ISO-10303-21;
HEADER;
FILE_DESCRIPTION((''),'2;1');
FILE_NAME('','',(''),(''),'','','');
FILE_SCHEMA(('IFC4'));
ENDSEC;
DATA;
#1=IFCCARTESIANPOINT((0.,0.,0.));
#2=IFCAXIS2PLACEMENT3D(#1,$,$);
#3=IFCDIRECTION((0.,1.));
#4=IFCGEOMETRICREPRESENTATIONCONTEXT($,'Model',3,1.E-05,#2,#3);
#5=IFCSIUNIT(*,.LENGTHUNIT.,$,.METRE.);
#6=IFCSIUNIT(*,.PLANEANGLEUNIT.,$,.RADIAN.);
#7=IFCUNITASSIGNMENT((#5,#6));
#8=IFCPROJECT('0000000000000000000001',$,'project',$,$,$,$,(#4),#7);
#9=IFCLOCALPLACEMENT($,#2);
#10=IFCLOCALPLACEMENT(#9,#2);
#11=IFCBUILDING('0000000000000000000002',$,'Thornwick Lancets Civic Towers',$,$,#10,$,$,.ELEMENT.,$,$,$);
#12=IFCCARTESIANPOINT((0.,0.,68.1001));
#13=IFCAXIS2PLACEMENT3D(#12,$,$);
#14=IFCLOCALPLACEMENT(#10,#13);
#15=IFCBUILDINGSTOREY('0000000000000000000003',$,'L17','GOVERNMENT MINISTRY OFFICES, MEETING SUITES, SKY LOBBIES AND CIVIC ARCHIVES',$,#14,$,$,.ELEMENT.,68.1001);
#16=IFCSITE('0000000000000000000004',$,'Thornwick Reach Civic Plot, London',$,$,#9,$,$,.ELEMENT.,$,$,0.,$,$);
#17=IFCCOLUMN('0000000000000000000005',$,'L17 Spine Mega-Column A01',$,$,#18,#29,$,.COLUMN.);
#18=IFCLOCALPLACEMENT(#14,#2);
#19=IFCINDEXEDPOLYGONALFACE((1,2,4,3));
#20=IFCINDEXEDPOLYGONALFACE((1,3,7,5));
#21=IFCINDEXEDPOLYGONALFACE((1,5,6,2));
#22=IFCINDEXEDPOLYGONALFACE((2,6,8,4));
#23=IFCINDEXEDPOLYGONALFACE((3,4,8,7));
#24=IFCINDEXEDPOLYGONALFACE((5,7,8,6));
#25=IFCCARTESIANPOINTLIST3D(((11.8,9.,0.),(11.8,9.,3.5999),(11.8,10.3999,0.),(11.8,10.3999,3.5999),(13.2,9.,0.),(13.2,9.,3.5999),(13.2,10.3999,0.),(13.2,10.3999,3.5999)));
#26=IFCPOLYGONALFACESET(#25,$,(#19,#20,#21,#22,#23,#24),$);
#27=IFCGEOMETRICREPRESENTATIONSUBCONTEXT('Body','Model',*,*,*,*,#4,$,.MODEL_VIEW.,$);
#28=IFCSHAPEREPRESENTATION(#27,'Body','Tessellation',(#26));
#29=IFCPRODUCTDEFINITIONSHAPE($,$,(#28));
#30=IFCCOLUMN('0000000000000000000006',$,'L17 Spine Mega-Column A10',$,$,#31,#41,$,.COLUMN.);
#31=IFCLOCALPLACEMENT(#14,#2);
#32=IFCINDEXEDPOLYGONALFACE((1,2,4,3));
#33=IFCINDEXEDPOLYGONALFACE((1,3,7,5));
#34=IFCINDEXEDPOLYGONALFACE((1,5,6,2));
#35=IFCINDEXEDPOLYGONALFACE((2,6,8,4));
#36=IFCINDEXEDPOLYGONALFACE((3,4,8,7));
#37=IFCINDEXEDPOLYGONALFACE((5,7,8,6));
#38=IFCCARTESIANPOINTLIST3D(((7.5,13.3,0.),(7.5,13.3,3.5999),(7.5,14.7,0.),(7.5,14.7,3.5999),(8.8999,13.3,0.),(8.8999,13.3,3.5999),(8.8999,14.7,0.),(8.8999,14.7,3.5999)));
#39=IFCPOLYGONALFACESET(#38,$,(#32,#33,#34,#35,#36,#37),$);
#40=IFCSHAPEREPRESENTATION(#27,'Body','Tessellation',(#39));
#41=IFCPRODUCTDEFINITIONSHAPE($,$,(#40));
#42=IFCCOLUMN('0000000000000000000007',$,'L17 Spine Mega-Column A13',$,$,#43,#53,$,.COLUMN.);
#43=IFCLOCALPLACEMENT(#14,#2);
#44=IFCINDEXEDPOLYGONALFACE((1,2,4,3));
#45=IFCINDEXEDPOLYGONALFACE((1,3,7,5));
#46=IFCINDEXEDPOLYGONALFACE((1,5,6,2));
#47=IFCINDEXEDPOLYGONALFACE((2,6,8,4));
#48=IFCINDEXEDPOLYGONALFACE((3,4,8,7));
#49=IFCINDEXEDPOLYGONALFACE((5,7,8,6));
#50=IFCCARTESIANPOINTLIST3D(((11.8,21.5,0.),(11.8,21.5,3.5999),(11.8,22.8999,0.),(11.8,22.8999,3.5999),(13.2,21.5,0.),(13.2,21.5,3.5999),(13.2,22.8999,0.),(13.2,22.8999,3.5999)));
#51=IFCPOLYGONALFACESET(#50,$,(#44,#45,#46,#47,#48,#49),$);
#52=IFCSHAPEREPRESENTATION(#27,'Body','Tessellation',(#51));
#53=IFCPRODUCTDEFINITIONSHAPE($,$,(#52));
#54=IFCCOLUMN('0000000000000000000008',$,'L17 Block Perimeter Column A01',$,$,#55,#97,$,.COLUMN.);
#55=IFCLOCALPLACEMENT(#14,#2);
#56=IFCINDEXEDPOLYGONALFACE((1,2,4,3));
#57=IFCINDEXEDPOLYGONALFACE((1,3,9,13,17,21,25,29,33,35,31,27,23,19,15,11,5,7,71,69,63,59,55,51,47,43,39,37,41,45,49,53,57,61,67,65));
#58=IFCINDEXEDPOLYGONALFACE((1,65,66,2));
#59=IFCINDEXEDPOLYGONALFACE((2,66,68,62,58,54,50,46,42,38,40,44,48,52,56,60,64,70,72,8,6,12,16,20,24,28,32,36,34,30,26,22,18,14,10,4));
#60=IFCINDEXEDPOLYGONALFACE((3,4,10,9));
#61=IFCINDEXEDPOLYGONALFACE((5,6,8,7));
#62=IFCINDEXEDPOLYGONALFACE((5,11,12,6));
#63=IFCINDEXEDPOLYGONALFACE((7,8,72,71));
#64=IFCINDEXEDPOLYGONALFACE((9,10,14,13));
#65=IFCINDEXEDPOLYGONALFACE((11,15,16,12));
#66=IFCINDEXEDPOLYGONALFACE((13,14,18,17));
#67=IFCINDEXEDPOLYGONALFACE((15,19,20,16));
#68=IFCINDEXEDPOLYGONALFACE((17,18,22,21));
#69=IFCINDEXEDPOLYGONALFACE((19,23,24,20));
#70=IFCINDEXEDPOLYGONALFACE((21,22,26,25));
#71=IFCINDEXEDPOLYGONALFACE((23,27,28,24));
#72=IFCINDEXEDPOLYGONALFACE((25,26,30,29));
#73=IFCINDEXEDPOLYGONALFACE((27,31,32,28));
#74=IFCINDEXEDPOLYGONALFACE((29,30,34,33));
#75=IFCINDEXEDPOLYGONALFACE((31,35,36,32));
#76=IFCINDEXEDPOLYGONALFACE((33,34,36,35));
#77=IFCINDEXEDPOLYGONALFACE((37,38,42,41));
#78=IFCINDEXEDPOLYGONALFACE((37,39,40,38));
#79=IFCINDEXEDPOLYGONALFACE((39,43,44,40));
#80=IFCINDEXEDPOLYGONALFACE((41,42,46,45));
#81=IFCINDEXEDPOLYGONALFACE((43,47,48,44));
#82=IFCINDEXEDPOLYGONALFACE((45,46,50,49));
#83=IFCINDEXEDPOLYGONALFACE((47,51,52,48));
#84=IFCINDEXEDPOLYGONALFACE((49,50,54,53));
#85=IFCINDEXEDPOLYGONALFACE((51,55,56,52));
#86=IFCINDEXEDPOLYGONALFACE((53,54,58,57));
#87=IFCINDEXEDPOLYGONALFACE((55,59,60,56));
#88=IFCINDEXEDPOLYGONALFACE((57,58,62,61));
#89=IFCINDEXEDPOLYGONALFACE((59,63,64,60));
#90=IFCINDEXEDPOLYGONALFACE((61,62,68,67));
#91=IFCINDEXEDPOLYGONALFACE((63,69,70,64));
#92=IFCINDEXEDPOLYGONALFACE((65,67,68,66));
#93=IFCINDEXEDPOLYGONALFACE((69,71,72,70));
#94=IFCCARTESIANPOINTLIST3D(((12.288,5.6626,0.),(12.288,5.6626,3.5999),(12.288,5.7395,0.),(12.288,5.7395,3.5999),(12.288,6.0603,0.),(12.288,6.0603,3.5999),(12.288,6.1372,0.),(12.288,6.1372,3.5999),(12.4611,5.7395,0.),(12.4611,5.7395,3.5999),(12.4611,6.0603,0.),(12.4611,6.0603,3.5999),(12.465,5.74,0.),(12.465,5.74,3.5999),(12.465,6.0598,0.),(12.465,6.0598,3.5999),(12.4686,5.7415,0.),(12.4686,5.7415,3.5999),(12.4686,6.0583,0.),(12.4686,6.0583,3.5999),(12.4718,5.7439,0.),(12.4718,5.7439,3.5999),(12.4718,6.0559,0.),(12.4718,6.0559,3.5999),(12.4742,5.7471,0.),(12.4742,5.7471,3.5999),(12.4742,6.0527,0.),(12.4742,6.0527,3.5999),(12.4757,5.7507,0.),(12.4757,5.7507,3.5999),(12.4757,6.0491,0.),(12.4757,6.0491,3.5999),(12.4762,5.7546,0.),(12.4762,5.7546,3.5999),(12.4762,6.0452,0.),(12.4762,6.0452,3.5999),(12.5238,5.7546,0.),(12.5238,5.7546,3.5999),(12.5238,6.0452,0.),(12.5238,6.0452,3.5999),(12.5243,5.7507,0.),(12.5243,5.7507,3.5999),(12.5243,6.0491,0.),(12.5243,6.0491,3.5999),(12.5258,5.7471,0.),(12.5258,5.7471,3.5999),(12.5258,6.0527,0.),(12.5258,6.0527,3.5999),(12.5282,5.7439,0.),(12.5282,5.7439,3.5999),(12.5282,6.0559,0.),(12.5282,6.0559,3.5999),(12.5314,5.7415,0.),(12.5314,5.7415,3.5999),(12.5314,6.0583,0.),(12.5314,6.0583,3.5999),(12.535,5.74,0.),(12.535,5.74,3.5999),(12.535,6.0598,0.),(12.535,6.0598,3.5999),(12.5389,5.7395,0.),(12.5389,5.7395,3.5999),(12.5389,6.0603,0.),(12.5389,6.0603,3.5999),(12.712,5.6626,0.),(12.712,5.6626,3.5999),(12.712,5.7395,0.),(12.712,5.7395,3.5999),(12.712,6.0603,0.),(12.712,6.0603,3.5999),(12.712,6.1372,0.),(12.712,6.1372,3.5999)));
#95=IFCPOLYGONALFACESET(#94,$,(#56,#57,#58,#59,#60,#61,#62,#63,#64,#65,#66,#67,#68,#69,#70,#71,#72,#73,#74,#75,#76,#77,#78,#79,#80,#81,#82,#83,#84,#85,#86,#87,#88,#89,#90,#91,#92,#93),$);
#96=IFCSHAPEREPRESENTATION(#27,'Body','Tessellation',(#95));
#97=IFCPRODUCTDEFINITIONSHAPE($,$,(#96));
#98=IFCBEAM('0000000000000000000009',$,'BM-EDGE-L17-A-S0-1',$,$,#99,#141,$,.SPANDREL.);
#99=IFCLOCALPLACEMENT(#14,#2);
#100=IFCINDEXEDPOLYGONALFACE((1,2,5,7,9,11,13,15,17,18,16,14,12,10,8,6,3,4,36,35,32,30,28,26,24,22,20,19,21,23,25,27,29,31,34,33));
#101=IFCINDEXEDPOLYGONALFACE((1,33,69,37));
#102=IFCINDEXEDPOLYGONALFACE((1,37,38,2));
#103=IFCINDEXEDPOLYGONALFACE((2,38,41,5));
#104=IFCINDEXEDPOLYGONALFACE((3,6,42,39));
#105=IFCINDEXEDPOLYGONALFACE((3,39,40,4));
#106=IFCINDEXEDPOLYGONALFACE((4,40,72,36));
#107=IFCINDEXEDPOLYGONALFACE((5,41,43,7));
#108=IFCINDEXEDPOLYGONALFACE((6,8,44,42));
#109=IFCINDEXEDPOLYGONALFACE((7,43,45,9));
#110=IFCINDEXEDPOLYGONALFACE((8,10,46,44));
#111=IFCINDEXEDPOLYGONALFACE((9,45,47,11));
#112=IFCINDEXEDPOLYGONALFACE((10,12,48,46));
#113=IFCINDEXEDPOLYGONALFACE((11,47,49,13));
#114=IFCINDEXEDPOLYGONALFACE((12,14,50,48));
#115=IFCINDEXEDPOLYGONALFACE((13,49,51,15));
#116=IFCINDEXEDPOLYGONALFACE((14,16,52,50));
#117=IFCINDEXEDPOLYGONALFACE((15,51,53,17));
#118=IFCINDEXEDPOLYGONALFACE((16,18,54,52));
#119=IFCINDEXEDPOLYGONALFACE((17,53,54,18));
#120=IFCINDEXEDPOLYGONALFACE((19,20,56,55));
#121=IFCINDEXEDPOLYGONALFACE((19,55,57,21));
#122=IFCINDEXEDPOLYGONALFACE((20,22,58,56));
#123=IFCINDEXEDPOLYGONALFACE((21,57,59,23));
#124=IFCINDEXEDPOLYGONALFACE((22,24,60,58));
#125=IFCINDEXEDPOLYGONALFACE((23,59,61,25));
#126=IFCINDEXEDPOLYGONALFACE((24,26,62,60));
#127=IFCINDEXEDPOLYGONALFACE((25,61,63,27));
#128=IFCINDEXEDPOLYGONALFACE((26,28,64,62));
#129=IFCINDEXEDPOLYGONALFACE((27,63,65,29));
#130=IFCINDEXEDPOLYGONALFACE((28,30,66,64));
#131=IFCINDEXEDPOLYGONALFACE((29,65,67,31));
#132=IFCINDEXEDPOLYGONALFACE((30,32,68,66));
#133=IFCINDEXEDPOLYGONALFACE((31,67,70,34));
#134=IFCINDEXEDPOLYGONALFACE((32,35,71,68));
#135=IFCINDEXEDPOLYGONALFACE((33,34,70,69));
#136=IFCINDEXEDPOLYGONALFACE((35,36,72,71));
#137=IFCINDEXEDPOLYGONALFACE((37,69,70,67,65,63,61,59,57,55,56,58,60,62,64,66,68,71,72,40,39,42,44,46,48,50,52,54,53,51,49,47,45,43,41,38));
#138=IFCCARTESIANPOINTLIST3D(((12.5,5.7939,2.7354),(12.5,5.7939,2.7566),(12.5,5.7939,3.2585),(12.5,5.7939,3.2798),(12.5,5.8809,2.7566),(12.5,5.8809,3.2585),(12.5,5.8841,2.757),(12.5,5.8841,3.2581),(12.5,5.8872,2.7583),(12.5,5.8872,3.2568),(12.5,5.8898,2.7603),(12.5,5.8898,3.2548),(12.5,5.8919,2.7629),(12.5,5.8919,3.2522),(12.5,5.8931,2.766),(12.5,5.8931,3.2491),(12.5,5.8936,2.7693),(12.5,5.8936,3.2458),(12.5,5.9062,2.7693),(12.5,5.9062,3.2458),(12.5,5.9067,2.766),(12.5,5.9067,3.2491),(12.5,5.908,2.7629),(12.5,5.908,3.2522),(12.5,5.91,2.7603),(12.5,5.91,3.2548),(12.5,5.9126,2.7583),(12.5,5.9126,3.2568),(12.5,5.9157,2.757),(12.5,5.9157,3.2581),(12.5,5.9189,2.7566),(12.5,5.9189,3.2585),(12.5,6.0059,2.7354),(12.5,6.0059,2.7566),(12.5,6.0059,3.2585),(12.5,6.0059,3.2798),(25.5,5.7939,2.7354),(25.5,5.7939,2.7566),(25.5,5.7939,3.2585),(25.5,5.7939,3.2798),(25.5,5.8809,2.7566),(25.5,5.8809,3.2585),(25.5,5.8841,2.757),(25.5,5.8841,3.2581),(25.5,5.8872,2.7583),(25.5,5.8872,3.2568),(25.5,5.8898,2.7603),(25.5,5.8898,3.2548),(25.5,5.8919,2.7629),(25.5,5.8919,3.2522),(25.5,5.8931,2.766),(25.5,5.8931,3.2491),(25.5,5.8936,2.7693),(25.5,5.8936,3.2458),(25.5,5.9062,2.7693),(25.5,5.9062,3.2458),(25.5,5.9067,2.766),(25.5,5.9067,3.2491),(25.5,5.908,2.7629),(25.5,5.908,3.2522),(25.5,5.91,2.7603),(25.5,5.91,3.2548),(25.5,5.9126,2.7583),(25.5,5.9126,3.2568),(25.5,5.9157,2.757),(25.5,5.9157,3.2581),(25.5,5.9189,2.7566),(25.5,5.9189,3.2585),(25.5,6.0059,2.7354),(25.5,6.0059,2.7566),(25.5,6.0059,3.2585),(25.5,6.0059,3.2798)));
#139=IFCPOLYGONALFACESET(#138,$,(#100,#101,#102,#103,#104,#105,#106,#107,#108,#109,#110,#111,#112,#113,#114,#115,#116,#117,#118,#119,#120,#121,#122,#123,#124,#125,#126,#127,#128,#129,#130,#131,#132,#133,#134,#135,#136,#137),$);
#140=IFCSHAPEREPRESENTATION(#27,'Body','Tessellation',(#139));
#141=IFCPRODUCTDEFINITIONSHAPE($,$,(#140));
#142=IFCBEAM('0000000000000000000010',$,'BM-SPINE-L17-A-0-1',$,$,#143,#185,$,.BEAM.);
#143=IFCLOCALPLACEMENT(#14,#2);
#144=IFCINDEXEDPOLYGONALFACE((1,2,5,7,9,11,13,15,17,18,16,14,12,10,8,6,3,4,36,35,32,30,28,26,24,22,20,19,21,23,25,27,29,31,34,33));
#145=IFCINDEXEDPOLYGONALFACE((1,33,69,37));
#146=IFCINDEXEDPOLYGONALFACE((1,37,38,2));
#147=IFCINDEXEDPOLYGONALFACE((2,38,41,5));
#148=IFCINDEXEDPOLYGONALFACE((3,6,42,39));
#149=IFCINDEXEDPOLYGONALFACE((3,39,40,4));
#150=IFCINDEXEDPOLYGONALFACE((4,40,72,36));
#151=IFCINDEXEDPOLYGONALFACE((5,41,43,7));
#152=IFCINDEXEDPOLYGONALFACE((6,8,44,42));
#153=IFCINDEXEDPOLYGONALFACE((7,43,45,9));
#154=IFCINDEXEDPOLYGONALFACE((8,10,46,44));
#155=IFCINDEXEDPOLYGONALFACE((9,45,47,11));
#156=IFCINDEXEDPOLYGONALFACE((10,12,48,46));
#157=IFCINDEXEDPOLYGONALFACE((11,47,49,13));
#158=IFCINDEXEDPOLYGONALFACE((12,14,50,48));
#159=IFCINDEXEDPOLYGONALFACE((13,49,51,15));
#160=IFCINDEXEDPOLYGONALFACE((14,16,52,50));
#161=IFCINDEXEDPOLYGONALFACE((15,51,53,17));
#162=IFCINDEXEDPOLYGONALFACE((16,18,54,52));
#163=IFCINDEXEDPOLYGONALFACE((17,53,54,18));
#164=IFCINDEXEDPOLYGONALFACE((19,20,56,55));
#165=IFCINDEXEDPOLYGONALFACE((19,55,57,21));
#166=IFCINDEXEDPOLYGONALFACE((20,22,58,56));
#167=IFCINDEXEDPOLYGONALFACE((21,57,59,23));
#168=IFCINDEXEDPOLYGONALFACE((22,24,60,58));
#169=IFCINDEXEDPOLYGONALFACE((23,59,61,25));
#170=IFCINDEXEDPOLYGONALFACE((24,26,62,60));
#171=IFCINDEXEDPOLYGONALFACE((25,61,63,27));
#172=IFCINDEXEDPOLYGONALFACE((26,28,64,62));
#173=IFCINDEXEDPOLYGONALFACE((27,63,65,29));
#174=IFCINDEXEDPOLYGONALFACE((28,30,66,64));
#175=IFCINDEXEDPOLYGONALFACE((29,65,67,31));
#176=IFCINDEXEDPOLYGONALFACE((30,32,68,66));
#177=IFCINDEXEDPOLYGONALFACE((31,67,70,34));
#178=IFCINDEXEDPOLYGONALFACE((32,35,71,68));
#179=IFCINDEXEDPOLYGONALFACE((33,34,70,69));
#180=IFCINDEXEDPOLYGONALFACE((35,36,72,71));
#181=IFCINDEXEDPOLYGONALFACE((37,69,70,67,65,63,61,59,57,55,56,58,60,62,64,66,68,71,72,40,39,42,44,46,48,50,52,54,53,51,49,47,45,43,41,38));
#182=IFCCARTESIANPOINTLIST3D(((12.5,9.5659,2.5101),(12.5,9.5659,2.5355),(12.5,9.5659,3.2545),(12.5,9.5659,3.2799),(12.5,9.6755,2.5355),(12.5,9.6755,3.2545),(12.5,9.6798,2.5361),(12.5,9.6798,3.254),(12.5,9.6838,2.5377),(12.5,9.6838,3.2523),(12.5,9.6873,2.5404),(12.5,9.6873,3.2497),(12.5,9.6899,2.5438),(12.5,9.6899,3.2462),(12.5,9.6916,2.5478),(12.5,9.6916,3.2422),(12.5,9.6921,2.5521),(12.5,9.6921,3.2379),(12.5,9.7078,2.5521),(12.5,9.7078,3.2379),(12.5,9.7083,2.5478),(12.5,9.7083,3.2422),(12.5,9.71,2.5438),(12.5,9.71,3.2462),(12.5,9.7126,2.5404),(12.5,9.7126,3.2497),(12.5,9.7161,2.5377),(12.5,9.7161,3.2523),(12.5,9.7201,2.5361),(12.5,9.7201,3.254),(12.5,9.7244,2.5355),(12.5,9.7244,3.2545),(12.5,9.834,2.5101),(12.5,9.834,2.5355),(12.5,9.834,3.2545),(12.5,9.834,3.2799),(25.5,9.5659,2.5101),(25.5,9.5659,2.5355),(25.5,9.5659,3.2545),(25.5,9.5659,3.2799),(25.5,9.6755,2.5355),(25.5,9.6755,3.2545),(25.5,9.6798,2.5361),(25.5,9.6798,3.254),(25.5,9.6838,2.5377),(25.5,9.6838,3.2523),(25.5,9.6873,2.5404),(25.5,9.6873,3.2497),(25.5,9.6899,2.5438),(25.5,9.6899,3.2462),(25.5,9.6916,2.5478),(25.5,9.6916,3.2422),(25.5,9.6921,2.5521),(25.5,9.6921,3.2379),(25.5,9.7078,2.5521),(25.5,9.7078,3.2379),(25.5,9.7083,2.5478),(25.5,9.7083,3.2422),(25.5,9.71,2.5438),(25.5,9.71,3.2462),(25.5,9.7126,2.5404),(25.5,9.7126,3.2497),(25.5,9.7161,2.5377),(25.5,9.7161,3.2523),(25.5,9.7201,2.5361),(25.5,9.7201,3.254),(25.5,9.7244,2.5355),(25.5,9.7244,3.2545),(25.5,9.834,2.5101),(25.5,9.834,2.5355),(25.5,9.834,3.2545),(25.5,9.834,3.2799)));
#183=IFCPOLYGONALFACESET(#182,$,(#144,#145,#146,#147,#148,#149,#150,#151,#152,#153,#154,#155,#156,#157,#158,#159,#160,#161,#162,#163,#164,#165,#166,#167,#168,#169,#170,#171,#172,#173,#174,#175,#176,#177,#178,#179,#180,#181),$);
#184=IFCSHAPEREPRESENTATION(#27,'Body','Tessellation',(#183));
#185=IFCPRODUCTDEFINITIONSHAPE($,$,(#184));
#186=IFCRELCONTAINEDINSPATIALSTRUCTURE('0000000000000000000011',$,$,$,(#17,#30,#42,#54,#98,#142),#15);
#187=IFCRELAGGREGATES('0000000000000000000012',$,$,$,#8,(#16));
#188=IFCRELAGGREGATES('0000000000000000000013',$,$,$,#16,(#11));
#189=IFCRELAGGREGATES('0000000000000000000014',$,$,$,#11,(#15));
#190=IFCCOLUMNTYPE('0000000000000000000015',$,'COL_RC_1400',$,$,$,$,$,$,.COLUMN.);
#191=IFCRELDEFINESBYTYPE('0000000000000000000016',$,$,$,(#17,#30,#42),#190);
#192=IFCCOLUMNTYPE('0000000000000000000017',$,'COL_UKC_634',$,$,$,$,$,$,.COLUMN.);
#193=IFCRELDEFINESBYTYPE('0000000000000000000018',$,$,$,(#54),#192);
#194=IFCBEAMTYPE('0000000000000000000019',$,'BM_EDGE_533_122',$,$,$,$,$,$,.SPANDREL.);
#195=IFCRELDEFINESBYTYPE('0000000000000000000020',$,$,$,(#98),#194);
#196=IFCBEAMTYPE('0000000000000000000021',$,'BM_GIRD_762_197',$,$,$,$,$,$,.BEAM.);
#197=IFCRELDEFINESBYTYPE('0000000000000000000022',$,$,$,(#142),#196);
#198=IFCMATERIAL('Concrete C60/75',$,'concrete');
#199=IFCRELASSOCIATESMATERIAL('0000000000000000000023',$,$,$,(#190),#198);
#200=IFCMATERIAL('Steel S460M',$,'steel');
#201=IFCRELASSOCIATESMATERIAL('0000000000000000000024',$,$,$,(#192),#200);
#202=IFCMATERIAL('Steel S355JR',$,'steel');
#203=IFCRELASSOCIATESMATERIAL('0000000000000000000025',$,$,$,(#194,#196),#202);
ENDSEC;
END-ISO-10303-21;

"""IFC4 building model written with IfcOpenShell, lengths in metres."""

from ifc_helpers import new_model, si_unit, direction, frame, origin, origin_2d, place, context, subcontext, project, spatial, rectangle, i_section, extrude, material, material_profile, profile_set, type_object, element, save


model = new_model("IFC4")

# Units and contexts
model_context = context("Model", 3, precision=1e-05, world=origin(), true_north=direction((0.0, 1.0)))
body_context = subcontext(model_context, "Body", "Model", "MODEL_VIEW")
ifc_project = project(units=[si_unit("LENGTHUNIT", "METRE"), si_unit("PLANEANGLEUNIT", "RADIAN")], contexts=[model_context])

# Site, building, storey
site_placement = place(None, origin())
site = spatial("IfcSite", under=ifc_project, at=site_placement, Name="Thornwick Reach Civic Plot, London", CompositionType="ELEMENT", RefElevation=0.0)
building_placement = place(site_placement, origin())
building = spatial("IfcBuilding", under=site, at=building_placement, Name="Thornwick Lancets Civic Towers", CompositionType="ELEMENT")
storey_placement = place(building_placement, frame((0.0, 0.0, 68.1001)))
storey = spatial("IfcBuildingStorey", under=building, at=storey_placement, Name="L17", Description="GOVERNMENT MINISTRY OFFICES, MEETING SUITES, SKY LOBBIES AND CIVIC ARCHIVES", CompositionType="ELEMENT", Elevation=68.1001)

# Columns
ifc_material_1 = material(Name="Concrete C60/75", Category="concrete")
ifc_material_profile_1 = material_profile(ifc_material_1, rectangle(XDim=1.3999, YDim=1.3999, at=origin_2d()), Name="RC 1400x1400")
ifc_profile_set_1 = profile_set([ifc_material_profile_1], Name="Concrete C60/75")
column_type_1 = type_object("IfcColumnType", Name="COL_RC_1400", PredefinedType="COLUMN", material=ifc_profile_set_1)
for number, where, z_axis, x_axis, name in (
    (1, (12.5, 9.7, 0.0), (0.0, 0.0, 1.0), (1.0, 0.0, 0.0), "L17 Spine Mega-Column A01"),
    (2, (8.2, 14.0, 0.0), (0.0, 0.0, 1.0), (1.0, 0.0, 0.0), "L17 Spine Mega-Column A10"),
    (3, (12.5, 22.2, 0.0), (0.0, 0.0, 1.0), (1.0, 0.0, 0.0), "L17 Spine Mega-Column A13"),
):
    element("IfcColumn", number, at=place(storey_placement, frame(where, z_axis=z_axis, x_axis=x_axis)), inside=storey, type_object=column_type_1, Name=name, PredefinedType="COLUMN", context=body_context, shape_type="SweptSolid", body=[
        extrude(rectangle(XDim=1.3999, YDim=1.3999, at=origin_2d()), origin(), (0.0, 0.0, 1.0), 3.5999),
    ])
ifc_material_2 = material(Name="Steel S460M", Category="steel")
ifc_material_profile_2 = material_profile(ifc_material_2, i_section(OverallWidth=0.4241, OverallDepth=0.4746, WebThickness=0.0476, FlangeThickness=0.0769, FilletRadius=0.0151, at=origin_2d()), Name="UKC 356x406x634")
ifc_profile_set_2 = profile_set([ifc_material_profile_2], Name="Steel S460M")
column_type_2 = type_object("IfcColumnType", Name="COL_UKC_634", PredefinedType="COLUMN", material=ifc_profile_set_2)
column_placement = place(storey_placement, frame((12.5, 5.8999, 0.0), z_axis=(0.0, 0.0, 1.0), x_axis=(1.0, 0.0, 0.0)))
element("IfcColumn", 4, at=column_placement, inside=storey, type_object=column_type_2, Name="L17 Block Perimeter Column A01", PredefinedType="COLUMN", context=body_context, shape_type="SweptSolid", body=[
    extrude(i_section(OverallWidth=0.4241, OverallDepth=0.4746, WebThickness=0.0476, FlangeThickness=0.0769, FilletRadius=0.0151, at=origin_2d()), origin(), (0.0, 0.0, 1.0), 3.5999),
])

# Beams
ifc_material_3 = material(Name="Steel S355JR", Category="steel")
ifc_material_profile_3 = material_profile(ifc_material_3, i_section(OverallWidth=0.2119, OverallDepth=0.5444, WebThickness=0.0127, FlangeThickness=0.0212, FilletRadius=0.0127, at=origin_2d()), Name="UKB 533x210x122")
ifc_profile_set_3 = profile_set([ifc_material_profile_3], Name="Steel S355JR")
beam_type_1 = type_object("IfcBeamType", Name="BM_EDGE_533_122", PredefinedType="SPANDREL", material=ifc_profile_set_3)
beam_1_placement = place(storey_placement, frame((12.5, 5.8999, 3.0076), z_axis=(1.0, 0.0, 0.0), x_axis=(0.0, 1.0, 0.0)))
element("IfcBeam", 5, at=beam_1_placement, inside=storey, type_object=beam_type_1, Name="BM-EDGE-L17-A-S0-1", PredefinedType="SPANDREL", context=body_context, shape_type="SweptSolid", body=[
    extrude(i_section(OverallWidth=0.2119, OverallDepth=0.5444, WebThickness=0.0127, FlangeThickness=0.0212, FilletRadius=0.0127, at=origin_2d()), origin(), (0.0, 0.0, 1.0), 13.0),
])
ifc_material_profile_4 = material_profile(ifc_material_3, i_section(OverallWidth=0.2681, OverallDepth=0.7698, WebThickness=0.0156, FlangeThickness=0.0254, FilletRadius=0.0166, at=origin_2d()), Name="UKB 762x267x197")
ifc_profile_set_4 = profile_set([ifc_material_profile_4], Name="Steel S355JR")
beam_type_2 = type_object("IfcBeamType", Name="BM_GIRD_762_197", PredefinedType="BEAM", material=ifc_profile_set_4)
for number, where, z_axis, x_axis, name in (
    (6, (12.5, 9.7, 2.895), (1.0, 0.0, 0.0), (0.0, 1.0, 0.0), "BM-SPINE-L17-A-0-1"),
):
    element("IfcBeam", number, at=place(storey_placement, frame(where, z_axis=z_axis, x_axis=x_axis)), inside=storey, type_object=beam_type_2, Name=name, PredefinedType="BEAM", context=body_context, shape_type="SweptSolid", body=[
        extrude(i_section(OverallWidth=0.2681, OverallDepth=0.7698, WebThickness=0.0156, FlangeThickness=0.0254, FilletRadius=0.0166, at=origin_2d()), origin(), (0.0, 0.0, 1.0), 13.0),
    ])

save(model, "model.ifc")
